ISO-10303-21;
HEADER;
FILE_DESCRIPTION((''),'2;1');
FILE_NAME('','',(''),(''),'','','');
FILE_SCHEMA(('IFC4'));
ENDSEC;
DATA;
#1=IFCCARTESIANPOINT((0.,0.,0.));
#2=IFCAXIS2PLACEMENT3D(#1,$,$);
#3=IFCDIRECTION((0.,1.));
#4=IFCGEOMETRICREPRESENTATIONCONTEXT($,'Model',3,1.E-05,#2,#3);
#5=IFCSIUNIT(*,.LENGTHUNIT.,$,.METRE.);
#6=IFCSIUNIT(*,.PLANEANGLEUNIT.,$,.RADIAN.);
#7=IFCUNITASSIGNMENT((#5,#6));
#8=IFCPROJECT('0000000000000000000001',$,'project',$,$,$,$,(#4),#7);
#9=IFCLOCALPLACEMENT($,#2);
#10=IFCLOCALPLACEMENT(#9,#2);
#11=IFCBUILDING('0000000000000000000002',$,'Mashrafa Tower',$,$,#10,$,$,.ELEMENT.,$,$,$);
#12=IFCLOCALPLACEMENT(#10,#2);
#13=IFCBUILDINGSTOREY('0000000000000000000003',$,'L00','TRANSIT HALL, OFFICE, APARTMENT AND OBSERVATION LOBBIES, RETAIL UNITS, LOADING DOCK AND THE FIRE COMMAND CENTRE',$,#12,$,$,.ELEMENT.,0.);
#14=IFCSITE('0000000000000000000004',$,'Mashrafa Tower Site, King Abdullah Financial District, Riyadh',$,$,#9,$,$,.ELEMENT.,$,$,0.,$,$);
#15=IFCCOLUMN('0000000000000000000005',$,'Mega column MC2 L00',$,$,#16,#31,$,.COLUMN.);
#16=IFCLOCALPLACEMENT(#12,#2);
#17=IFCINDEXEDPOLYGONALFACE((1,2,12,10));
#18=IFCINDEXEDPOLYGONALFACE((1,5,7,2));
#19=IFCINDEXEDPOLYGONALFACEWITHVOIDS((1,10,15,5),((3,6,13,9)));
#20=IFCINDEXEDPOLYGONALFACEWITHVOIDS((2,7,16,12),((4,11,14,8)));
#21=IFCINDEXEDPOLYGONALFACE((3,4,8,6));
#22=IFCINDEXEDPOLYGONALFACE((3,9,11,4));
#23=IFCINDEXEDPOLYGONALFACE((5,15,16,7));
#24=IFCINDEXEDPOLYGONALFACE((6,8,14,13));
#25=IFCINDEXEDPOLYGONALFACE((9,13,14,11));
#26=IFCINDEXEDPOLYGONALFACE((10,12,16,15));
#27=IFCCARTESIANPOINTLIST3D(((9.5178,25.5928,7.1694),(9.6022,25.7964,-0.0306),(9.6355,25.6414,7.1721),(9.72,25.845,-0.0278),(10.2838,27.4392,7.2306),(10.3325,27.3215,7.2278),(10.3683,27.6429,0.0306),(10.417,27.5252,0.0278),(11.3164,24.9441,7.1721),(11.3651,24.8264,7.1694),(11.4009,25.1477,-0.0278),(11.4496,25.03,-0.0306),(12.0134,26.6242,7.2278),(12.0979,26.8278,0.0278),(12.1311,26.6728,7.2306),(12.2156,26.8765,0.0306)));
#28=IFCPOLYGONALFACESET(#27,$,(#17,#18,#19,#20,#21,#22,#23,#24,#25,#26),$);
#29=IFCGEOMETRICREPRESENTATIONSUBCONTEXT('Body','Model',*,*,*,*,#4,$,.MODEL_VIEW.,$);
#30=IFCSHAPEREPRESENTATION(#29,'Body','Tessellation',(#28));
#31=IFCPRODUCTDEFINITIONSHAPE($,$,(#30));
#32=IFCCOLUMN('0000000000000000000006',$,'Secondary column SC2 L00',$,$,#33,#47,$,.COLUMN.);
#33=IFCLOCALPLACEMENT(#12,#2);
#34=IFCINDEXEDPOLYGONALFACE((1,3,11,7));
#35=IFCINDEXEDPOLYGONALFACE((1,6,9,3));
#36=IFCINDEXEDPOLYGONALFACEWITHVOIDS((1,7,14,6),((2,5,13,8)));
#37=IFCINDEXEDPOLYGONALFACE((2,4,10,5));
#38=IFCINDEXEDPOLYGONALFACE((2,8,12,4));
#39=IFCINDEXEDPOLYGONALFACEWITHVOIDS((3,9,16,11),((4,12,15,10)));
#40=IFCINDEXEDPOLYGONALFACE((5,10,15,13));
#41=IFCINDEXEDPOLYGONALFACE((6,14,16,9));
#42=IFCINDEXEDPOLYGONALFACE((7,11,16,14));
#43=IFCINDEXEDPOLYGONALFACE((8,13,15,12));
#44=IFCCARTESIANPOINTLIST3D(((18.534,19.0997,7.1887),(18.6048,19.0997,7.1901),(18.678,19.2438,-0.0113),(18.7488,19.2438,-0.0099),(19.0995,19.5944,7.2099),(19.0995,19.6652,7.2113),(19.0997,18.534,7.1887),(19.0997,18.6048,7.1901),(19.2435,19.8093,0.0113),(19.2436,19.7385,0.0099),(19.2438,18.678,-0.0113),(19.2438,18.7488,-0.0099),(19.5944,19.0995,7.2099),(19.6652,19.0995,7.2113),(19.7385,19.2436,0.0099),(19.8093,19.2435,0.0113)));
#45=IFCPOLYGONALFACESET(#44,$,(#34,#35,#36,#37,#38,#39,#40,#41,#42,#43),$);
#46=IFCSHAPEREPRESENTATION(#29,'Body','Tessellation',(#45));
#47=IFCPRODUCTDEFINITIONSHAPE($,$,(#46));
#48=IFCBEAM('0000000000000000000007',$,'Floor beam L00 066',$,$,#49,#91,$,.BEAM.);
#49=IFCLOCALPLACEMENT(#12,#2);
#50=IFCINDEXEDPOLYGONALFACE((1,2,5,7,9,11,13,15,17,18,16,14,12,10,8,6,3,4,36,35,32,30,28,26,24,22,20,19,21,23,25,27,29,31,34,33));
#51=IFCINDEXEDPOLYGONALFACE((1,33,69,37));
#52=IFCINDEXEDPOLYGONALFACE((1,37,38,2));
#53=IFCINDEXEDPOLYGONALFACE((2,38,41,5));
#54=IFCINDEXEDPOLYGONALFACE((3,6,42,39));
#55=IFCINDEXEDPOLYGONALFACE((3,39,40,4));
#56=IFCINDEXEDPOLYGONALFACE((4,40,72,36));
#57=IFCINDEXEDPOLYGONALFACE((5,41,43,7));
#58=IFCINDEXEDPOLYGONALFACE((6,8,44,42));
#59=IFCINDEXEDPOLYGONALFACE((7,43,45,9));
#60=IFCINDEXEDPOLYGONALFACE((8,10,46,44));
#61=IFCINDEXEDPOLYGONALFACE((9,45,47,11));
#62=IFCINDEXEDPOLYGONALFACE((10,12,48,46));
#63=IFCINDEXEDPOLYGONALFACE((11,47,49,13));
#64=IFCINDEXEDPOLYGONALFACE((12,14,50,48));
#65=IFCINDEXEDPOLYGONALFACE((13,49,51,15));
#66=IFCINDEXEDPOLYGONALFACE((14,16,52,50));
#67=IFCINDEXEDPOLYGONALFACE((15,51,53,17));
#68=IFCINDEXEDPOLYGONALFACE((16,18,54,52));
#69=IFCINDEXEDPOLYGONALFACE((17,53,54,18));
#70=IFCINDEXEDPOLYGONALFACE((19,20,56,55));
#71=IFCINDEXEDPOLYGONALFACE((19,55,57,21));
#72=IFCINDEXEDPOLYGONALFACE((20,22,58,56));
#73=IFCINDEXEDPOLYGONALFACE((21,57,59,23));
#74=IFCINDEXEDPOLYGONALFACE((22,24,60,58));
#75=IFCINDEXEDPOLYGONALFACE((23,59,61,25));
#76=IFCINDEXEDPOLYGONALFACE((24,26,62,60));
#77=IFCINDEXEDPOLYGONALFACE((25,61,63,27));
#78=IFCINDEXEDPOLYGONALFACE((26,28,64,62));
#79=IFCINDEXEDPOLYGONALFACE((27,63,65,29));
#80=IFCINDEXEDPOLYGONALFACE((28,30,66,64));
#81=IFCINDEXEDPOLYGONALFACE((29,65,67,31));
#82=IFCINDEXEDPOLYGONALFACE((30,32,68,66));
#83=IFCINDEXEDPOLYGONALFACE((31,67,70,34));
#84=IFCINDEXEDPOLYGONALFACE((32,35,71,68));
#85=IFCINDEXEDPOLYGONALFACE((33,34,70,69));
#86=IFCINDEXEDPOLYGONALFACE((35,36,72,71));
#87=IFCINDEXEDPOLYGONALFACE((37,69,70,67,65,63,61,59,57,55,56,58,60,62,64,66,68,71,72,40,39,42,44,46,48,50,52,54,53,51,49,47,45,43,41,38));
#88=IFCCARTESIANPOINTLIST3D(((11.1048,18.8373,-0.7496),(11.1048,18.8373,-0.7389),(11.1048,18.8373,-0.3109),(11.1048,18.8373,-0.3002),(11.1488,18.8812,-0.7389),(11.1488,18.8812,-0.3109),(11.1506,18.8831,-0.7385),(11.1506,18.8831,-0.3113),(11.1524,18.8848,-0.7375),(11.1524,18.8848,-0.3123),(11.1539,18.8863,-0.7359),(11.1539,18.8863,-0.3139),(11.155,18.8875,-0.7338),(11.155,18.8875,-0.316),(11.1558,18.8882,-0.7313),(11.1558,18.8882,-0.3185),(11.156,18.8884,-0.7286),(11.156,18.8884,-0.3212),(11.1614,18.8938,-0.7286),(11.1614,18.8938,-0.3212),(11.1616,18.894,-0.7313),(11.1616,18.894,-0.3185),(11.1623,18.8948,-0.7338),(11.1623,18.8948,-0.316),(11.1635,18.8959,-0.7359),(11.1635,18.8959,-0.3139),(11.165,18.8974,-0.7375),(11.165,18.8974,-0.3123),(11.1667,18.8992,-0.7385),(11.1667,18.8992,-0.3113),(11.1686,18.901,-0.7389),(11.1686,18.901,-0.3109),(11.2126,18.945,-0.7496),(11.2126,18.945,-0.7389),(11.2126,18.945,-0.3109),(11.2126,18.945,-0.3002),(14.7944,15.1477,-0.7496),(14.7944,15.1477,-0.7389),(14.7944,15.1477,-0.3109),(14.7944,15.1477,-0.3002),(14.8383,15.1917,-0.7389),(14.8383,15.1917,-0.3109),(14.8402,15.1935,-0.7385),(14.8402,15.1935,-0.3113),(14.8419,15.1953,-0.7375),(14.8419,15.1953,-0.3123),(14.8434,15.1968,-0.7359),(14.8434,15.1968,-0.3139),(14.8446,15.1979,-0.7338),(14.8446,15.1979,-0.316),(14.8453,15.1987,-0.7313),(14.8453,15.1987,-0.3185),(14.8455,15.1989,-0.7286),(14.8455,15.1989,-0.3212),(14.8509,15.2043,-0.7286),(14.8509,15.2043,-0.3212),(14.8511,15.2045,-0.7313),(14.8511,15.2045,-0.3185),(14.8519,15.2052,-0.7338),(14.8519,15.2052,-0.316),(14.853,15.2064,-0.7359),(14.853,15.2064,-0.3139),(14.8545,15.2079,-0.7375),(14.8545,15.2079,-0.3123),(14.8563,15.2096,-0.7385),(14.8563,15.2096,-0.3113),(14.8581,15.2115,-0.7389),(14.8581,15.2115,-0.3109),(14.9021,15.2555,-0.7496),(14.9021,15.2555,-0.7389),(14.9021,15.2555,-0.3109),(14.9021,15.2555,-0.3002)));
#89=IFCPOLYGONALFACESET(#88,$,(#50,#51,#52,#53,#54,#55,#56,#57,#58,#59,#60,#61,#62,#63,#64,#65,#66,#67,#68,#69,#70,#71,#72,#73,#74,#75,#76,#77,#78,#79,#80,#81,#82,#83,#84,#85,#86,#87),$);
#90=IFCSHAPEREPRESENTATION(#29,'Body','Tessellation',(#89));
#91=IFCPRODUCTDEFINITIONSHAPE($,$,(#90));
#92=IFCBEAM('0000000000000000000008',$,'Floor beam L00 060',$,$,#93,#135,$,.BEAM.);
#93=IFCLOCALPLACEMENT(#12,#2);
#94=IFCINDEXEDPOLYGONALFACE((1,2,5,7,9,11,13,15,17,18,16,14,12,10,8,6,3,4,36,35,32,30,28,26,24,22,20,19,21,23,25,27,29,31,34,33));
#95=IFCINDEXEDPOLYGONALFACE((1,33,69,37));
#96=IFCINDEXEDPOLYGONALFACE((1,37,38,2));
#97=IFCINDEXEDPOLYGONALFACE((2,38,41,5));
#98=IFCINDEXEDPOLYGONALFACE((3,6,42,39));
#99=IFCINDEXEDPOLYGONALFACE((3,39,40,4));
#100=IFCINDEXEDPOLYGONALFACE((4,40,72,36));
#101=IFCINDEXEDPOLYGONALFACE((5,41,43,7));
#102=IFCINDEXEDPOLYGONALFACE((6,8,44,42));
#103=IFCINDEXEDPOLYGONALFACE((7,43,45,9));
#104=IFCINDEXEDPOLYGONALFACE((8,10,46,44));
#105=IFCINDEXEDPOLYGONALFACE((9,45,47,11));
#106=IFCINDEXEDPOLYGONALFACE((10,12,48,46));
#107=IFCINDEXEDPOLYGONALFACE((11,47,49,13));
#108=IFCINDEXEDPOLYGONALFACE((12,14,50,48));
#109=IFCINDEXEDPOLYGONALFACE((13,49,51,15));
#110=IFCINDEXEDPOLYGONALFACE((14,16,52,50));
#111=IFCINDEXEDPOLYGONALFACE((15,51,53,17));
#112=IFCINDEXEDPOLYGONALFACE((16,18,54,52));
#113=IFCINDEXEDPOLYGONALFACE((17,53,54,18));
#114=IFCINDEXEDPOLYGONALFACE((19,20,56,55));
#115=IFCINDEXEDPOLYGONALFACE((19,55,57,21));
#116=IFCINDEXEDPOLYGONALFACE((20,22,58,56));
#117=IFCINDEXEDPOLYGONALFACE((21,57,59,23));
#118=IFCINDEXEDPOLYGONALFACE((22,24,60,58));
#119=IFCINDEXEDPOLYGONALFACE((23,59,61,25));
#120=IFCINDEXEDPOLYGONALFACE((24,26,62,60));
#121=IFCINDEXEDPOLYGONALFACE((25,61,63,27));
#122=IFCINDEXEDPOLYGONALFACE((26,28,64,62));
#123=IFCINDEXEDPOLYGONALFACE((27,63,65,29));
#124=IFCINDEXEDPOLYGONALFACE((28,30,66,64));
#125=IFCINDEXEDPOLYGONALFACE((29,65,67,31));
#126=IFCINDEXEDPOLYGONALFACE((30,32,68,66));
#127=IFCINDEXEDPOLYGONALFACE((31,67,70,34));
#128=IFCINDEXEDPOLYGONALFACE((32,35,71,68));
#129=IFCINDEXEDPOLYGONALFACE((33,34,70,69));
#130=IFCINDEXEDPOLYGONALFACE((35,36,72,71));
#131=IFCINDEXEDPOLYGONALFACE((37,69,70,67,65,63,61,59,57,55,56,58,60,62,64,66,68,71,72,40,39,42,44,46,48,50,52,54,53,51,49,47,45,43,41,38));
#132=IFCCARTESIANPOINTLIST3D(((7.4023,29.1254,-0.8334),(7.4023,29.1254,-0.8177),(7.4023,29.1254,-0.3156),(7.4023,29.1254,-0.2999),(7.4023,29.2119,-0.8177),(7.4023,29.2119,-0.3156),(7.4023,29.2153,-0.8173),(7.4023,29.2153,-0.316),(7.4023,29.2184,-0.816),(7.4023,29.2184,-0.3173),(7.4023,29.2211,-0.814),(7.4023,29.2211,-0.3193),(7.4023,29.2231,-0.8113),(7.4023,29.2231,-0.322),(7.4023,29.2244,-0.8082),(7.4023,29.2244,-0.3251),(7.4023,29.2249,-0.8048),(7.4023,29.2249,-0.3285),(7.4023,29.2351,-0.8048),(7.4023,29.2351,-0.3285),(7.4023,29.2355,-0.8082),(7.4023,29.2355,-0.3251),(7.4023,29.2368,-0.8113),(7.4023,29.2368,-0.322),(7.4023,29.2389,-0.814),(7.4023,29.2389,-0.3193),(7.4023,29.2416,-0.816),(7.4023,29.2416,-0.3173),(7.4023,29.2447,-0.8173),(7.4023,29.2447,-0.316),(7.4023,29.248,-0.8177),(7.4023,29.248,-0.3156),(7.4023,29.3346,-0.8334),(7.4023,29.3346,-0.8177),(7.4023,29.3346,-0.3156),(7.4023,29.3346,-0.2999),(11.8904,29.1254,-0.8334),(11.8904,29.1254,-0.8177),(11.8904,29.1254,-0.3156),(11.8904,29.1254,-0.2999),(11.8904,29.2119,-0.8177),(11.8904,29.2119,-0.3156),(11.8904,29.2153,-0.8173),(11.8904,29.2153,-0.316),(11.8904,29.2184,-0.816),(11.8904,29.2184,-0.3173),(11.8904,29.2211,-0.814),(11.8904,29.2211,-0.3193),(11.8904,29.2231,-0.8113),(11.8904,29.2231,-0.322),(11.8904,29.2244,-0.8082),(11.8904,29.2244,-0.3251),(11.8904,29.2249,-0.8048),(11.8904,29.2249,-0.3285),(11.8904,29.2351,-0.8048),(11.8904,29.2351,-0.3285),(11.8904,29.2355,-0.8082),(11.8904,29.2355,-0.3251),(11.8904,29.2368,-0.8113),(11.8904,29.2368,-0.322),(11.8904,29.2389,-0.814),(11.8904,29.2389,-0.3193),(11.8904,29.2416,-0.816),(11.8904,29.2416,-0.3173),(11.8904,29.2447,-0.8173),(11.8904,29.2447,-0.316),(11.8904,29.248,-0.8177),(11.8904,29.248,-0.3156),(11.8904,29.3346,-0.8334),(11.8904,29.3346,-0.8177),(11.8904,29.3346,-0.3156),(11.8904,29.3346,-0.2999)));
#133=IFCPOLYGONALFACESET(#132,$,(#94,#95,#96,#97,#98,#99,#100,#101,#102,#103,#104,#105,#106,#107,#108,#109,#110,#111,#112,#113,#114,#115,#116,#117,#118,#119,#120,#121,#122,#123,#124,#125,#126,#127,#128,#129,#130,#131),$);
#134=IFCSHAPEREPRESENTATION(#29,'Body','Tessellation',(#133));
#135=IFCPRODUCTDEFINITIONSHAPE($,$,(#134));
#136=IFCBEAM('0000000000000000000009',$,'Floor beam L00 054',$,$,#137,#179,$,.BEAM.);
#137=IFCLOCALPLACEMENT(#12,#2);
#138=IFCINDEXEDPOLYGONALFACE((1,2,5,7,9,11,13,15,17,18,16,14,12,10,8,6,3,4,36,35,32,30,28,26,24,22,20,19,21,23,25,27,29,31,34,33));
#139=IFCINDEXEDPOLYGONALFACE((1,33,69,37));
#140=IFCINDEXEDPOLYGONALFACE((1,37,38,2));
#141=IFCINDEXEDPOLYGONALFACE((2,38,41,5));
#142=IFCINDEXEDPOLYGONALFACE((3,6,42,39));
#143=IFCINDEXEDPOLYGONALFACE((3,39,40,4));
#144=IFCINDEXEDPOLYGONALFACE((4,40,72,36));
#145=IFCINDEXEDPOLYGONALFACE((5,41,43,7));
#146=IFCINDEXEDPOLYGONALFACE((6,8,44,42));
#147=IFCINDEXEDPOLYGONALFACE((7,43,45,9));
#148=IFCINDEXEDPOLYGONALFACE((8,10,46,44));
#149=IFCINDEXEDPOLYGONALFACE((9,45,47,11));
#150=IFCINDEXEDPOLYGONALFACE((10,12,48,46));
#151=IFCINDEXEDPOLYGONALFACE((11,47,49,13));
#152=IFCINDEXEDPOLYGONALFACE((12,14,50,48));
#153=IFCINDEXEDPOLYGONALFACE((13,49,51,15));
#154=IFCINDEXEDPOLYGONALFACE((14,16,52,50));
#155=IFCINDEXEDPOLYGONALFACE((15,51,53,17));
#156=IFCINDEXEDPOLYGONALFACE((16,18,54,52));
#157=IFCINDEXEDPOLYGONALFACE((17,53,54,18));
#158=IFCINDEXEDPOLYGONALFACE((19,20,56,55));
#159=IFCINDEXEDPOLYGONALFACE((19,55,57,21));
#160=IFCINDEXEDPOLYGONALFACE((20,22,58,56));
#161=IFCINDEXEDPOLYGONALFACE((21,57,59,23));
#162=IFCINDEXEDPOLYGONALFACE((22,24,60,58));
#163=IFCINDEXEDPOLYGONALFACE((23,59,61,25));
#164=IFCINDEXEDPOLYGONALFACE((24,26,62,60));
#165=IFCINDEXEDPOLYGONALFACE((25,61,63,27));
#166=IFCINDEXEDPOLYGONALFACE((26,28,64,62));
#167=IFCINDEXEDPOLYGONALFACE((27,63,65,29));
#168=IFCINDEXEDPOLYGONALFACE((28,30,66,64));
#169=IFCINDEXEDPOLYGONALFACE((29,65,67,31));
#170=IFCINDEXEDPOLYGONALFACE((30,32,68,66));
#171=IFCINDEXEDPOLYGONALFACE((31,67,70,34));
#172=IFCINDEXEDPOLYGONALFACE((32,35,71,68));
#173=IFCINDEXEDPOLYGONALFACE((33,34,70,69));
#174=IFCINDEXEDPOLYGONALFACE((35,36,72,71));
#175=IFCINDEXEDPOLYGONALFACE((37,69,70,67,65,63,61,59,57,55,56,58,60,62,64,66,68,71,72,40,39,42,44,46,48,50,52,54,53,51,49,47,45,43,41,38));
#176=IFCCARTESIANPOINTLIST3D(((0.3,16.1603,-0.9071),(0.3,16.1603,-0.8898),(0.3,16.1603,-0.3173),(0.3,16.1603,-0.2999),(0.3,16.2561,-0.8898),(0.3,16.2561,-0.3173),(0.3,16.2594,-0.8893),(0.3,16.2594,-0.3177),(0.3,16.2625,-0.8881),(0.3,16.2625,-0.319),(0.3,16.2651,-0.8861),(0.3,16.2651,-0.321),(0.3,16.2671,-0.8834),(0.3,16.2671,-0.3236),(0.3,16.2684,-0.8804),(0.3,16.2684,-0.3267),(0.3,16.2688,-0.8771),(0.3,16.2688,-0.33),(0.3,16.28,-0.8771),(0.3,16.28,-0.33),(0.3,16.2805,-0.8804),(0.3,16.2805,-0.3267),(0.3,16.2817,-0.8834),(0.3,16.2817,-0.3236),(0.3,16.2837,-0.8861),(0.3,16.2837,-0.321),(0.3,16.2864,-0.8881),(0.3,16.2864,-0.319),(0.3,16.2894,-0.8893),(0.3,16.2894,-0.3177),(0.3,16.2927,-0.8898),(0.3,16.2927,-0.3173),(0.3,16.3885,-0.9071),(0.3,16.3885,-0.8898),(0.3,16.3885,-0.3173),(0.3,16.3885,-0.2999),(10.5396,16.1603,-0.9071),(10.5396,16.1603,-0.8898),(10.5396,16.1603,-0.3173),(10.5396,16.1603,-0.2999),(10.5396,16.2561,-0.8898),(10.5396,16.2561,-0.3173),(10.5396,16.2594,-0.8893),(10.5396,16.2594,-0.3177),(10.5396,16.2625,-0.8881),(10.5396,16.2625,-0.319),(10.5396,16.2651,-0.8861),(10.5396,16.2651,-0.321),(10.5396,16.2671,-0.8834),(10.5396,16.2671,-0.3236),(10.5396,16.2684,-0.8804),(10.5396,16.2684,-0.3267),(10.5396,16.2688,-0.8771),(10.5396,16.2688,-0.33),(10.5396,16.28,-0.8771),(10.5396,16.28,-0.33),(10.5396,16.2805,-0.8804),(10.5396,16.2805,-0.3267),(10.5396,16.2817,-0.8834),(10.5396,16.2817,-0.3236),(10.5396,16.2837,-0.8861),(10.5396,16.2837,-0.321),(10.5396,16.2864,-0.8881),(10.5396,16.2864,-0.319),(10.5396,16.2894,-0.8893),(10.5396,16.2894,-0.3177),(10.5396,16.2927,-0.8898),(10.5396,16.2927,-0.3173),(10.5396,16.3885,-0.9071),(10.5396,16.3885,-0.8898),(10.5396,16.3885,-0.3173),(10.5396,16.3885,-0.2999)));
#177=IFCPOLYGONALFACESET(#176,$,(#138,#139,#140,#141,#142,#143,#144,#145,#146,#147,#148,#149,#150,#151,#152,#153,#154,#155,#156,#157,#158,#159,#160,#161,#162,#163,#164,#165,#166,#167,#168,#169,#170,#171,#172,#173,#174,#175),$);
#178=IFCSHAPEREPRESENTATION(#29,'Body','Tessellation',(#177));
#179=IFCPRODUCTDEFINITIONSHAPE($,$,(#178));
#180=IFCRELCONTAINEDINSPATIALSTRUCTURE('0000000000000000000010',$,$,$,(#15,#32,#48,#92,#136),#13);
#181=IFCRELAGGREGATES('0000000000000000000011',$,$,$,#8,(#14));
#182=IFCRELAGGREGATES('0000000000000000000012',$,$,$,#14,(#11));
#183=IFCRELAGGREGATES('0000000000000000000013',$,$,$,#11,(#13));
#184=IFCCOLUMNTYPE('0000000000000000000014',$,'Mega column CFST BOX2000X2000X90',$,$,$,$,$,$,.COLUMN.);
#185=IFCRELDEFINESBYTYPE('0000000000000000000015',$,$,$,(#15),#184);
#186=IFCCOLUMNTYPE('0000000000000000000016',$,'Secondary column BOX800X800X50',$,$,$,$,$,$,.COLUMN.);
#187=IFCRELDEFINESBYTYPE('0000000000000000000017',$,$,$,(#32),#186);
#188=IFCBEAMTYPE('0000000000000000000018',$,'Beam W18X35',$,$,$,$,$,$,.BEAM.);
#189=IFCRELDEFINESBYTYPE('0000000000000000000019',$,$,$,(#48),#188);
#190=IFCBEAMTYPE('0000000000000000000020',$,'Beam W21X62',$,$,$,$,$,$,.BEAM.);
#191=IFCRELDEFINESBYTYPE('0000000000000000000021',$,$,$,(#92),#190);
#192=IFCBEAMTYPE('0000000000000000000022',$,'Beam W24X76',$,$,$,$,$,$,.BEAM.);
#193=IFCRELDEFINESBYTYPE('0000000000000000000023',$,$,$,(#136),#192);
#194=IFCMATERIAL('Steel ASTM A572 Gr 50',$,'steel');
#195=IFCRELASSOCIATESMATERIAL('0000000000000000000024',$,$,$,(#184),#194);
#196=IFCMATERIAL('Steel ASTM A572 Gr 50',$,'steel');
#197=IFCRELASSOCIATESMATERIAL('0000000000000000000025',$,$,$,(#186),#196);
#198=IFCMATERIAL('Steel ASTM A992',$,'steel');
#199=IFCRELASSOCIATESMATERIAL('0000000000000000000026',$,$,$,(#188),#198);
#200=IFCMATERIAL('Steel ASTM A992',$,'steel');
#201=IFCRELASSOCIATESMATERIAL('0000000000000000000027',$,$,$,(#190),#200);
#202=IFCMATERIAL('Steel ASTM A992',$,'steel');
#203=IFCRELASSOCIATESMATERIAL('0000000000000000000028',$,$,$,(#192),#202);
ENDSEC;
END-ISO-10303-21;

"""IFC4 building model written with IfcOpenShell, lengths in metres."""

from ifc_helpers import new_model, si_unit, direction, frame, origin, origin_2d, place, context, subcontext, project, spatial, hollow_rectangle, i_section, extrude, material, material_profile, profile_set, type_object, element, save


model = new_model("IFC4")

# Units and contexts
model_context = context("Model", 3, precision=1e-05, world=origin(), true_north=direction((0.0, 1.0)))
body_context = subcontext(model_context, "Body", "Model", "MODEL_VIEW")
ifc_project = project(units=[si_unit("LENGTHUNIT", "METRE"), si_unit("PLANEANGLEUNIT", "RADIAN")], contexts=[model_context])

# Site, building, storey
site_placement = place(None, origin())
site = spatial("IfcSite", under=ifc_project, at=site_placement, Name="Mashrafa Tower Site, King Abdullah Financial District, Riyadh", CompositionType="ELEMENT", RefElevation=0.0)
building_placement = place(site_placement, origin())
building = spatial("IfcBuilding", under=site, at=building_placement, Name="Mashrafa Tower", CompositionType="ELEMENT")
storey_placement = place(building_placement, origin())
storey = spatial("IfcBuildingStorey", under=building, at=storey_placement, Name="L00", Description="TRANSIT HALL, OFFICE, APARTMENT AND OBSERVATION LOBBIES, RETAIL UNITS, LOADING DOCK AND THE FIRE COMMAND CENTRE", CompositionType="ELEMENT", Elevation=0.0)

# Columns
ifc_material_1 = material(Name="Steel ASTM A572 Gr 50", Category="steel")
ifc_material_profile_1 = material_profile(ifc_material_1, hollow_rectangle(XDim=2.0, YDim=2.0, WallThickness=0.0901, at=origin_2d()), Name="BOX2000X2000X90")
ifc_profile_set_1 = profile_set([ifc_material_profile_1], Name="Steel ASTM A572 Gr 50")
column_type_1 = type_object("IfcColumnType", Name="Mega column CFST BOX2000X2000X90", PredefinedType="COLUMN", material=ifc_profile_set_1)
column_1_placement = place(storey_placement, frame((10.9089, 26.3364, 0.0), z_axis=(-0.011727, -0.028267, 0.999532), x_axis=(0.923666, -0.383199, 0.0)))
element("IfcColumn", 1, at=column_1_placement, inside=storey, type_object=column_type_1, Name="Mega column MC2 L00", PredefinedType="COLUMN", context=body_context, shape_type="SweptSolid", body=[
    extrude(hollow_rectangle(XDim=2.0, YDim=2.0, WallThickness=0.0901, at=origin_2d()), origin(), (0.0, 0.0, 1.0), 7.2034),
])
ifc_material_2 = material(Name="Steel ASTM A572 Gr 50", Category="steel")
ifc_material_profile_2 = material_profile(ifc_material_2, hollow_rectangle(XDim=0.8, YDim=0.8, WallThickness=0.05, at=origin_2d()), Name="BOX800X800X50")
ifc_profile_set_2 = profile_set([ifc_material_profile_2], Name="Steel ASTM A572 Gr 50")
column_type_2 = type_object("IfcColumnType", Name="Secondary column BOX800X800X50", PredefinedType="COLUMN", material=ifc_profile_set_2)
column_2_placement = place(storey_placement, frame((19.2437, 19.2437, 0.0), z_axis=(-0.019998, -0.019998, 0.9996), x_axis=(0.707107, -0.707107, 0.0)))
element("IfcColumn", 2, at=column_2_placement, inside=storey, type_object=column_type_2, Name="Secondary column SC2 L00", PredefinedType="COLUMN", context=body_context, shape_type="SweptSolid", body=[
    extrude(hollow_rectangle(XDim=0.8, YDim=0.8, WallThickness=0.05, at=origin_2d()), origin(), (0.0, 0.0, 1.0), 7.2029),
])

# Beams
ifc_material_3 = material(Name="Steel ASTM A992", Category="steel")
ifc_material_profile_3 = material_profile(ifc_material_3, i_section(OverallWidth=0.1523, OverallDepth=0.4495, WebThickness=0.0076, FlangeThickness=0.0107, FilletRadius=0.0103, at=origin_2d()), Name="W18X35")
ifc_profile_set_3 = profile_set([ifc_material_profile_3], Name="Steel ASTM A992")
beam_type_1 = type_object("IfcBeamType", Name="Beam W18X35", PredefinedType="BEAM", material=ifc_profile_set_3)
beam_1_placement = place(storey_placement, frame((11.1587, 18.8911, -0.5249), z_axis=(0.707107, -0.707107, 0.0), x_axis=(0.707107, 0.707107, 0.0)))
element("IfcBeam", 3, at=beam_1_placement, inside=storey, type_object=beam_type_1, Name="Floor beam L00 066", PredefinedType="BEAM", context=body_context, shape_type="SweptSolid", body=[
    extrude(i_section(OverallWidth=0.1523, OverallDepth=0.4495, WebThickness=0.0076, FlangeThickness=0.0107, FilletRadius=0.0103, at=origin_2d()), origin(), (0.0, 0.0, 1.0), 5.2178),
])
ifc_material_4 = material(Name="Steel ASTM A992", Category="steel")
ifc_material_profile_4 = material_profile(ifc_material_4, i_section(OverallWidth=0.2092, OverallDepth=0.5334, WebThickness=0.0103, FlangeThickness=0.0156, FilletRadius=0.0129, at=origin_2d()), Name="W21X62")
ifc_profile_set_4 = profile_set([ifc_material_profile_4], Name="Steel ASTM A992")
beam_type_2 = type_object("IfcBeamType", Name="Beam W21X62", PredefinedType="BEAM", material=ifc_profile_set_4)
beam_2_placement = place(storey_placement, frame((7.4023, 29.23, -0.5667), z_axis=(1.0, 0.0, 0.0), x_axis=(0.0, 1.0, 0.0)))
element("IfcBeam", 4, at=beam_2_placement, inside=storey, type_object=beam_type_2, Name="Floor beam L00 060", PredefinedType="BEAM", context=body_context, shape_type="SweptSolid", body=[
    extrude(i_section(OverallWidth=0.2092, OverallDepth=0.5334, WebThickness=0.0103, FlangeThickness=0.0156, FilletRadius=0.0129, at=origin_2d()), origin(), (0.0, 0.0, 1.0), 4.488),
])
ifc_material_5 = material(Name="Steel ASTM A992", Category="steel")
ifc_material_profile_5 = material_profile(ifc_material_5, i_section(OverallWidth=0.2283, OverallDepth=0.6072, WebThickness=0.0112, FlangeThickness=0.0173, FilletRadius=0.0127, at=origin_2d()), Name="W24X76")
ifc_profile_set_5 = profile_set([ifc_material_profile_5], Name="Steel ASTM A992")
beam_type_3 = type_object("IfcBeamType", Name="Beam W24X76", PredefinedType="BEAM", material=ifc_profile_set_5)
beam_3_placement = place(storey_placement, frame((0.3, 16.2744, -0.6035), z_axis=(1.0, 0.0, 0.0), x_axis=(0.0, 1.0, 0.0)))
element("IfcBeam", 5, at=beam_3_placement, inside=storey, type_object=beam_type_3, Name="Floor beam L00 054", PredefinedType="BEAM", context=body_context, shape_type="SweptSolid", body=[
    extrude(i_section(OverallWidth=0.2283, OverallDepth=0.6072, WebThickness=0.0112, FlangeThickness=0.0173, FilletRadius=0.0127, at=origin_2d()), origin(), (0.0, 0.0, 1.0), 10.2395),
])

save(model, "model.ifc")
